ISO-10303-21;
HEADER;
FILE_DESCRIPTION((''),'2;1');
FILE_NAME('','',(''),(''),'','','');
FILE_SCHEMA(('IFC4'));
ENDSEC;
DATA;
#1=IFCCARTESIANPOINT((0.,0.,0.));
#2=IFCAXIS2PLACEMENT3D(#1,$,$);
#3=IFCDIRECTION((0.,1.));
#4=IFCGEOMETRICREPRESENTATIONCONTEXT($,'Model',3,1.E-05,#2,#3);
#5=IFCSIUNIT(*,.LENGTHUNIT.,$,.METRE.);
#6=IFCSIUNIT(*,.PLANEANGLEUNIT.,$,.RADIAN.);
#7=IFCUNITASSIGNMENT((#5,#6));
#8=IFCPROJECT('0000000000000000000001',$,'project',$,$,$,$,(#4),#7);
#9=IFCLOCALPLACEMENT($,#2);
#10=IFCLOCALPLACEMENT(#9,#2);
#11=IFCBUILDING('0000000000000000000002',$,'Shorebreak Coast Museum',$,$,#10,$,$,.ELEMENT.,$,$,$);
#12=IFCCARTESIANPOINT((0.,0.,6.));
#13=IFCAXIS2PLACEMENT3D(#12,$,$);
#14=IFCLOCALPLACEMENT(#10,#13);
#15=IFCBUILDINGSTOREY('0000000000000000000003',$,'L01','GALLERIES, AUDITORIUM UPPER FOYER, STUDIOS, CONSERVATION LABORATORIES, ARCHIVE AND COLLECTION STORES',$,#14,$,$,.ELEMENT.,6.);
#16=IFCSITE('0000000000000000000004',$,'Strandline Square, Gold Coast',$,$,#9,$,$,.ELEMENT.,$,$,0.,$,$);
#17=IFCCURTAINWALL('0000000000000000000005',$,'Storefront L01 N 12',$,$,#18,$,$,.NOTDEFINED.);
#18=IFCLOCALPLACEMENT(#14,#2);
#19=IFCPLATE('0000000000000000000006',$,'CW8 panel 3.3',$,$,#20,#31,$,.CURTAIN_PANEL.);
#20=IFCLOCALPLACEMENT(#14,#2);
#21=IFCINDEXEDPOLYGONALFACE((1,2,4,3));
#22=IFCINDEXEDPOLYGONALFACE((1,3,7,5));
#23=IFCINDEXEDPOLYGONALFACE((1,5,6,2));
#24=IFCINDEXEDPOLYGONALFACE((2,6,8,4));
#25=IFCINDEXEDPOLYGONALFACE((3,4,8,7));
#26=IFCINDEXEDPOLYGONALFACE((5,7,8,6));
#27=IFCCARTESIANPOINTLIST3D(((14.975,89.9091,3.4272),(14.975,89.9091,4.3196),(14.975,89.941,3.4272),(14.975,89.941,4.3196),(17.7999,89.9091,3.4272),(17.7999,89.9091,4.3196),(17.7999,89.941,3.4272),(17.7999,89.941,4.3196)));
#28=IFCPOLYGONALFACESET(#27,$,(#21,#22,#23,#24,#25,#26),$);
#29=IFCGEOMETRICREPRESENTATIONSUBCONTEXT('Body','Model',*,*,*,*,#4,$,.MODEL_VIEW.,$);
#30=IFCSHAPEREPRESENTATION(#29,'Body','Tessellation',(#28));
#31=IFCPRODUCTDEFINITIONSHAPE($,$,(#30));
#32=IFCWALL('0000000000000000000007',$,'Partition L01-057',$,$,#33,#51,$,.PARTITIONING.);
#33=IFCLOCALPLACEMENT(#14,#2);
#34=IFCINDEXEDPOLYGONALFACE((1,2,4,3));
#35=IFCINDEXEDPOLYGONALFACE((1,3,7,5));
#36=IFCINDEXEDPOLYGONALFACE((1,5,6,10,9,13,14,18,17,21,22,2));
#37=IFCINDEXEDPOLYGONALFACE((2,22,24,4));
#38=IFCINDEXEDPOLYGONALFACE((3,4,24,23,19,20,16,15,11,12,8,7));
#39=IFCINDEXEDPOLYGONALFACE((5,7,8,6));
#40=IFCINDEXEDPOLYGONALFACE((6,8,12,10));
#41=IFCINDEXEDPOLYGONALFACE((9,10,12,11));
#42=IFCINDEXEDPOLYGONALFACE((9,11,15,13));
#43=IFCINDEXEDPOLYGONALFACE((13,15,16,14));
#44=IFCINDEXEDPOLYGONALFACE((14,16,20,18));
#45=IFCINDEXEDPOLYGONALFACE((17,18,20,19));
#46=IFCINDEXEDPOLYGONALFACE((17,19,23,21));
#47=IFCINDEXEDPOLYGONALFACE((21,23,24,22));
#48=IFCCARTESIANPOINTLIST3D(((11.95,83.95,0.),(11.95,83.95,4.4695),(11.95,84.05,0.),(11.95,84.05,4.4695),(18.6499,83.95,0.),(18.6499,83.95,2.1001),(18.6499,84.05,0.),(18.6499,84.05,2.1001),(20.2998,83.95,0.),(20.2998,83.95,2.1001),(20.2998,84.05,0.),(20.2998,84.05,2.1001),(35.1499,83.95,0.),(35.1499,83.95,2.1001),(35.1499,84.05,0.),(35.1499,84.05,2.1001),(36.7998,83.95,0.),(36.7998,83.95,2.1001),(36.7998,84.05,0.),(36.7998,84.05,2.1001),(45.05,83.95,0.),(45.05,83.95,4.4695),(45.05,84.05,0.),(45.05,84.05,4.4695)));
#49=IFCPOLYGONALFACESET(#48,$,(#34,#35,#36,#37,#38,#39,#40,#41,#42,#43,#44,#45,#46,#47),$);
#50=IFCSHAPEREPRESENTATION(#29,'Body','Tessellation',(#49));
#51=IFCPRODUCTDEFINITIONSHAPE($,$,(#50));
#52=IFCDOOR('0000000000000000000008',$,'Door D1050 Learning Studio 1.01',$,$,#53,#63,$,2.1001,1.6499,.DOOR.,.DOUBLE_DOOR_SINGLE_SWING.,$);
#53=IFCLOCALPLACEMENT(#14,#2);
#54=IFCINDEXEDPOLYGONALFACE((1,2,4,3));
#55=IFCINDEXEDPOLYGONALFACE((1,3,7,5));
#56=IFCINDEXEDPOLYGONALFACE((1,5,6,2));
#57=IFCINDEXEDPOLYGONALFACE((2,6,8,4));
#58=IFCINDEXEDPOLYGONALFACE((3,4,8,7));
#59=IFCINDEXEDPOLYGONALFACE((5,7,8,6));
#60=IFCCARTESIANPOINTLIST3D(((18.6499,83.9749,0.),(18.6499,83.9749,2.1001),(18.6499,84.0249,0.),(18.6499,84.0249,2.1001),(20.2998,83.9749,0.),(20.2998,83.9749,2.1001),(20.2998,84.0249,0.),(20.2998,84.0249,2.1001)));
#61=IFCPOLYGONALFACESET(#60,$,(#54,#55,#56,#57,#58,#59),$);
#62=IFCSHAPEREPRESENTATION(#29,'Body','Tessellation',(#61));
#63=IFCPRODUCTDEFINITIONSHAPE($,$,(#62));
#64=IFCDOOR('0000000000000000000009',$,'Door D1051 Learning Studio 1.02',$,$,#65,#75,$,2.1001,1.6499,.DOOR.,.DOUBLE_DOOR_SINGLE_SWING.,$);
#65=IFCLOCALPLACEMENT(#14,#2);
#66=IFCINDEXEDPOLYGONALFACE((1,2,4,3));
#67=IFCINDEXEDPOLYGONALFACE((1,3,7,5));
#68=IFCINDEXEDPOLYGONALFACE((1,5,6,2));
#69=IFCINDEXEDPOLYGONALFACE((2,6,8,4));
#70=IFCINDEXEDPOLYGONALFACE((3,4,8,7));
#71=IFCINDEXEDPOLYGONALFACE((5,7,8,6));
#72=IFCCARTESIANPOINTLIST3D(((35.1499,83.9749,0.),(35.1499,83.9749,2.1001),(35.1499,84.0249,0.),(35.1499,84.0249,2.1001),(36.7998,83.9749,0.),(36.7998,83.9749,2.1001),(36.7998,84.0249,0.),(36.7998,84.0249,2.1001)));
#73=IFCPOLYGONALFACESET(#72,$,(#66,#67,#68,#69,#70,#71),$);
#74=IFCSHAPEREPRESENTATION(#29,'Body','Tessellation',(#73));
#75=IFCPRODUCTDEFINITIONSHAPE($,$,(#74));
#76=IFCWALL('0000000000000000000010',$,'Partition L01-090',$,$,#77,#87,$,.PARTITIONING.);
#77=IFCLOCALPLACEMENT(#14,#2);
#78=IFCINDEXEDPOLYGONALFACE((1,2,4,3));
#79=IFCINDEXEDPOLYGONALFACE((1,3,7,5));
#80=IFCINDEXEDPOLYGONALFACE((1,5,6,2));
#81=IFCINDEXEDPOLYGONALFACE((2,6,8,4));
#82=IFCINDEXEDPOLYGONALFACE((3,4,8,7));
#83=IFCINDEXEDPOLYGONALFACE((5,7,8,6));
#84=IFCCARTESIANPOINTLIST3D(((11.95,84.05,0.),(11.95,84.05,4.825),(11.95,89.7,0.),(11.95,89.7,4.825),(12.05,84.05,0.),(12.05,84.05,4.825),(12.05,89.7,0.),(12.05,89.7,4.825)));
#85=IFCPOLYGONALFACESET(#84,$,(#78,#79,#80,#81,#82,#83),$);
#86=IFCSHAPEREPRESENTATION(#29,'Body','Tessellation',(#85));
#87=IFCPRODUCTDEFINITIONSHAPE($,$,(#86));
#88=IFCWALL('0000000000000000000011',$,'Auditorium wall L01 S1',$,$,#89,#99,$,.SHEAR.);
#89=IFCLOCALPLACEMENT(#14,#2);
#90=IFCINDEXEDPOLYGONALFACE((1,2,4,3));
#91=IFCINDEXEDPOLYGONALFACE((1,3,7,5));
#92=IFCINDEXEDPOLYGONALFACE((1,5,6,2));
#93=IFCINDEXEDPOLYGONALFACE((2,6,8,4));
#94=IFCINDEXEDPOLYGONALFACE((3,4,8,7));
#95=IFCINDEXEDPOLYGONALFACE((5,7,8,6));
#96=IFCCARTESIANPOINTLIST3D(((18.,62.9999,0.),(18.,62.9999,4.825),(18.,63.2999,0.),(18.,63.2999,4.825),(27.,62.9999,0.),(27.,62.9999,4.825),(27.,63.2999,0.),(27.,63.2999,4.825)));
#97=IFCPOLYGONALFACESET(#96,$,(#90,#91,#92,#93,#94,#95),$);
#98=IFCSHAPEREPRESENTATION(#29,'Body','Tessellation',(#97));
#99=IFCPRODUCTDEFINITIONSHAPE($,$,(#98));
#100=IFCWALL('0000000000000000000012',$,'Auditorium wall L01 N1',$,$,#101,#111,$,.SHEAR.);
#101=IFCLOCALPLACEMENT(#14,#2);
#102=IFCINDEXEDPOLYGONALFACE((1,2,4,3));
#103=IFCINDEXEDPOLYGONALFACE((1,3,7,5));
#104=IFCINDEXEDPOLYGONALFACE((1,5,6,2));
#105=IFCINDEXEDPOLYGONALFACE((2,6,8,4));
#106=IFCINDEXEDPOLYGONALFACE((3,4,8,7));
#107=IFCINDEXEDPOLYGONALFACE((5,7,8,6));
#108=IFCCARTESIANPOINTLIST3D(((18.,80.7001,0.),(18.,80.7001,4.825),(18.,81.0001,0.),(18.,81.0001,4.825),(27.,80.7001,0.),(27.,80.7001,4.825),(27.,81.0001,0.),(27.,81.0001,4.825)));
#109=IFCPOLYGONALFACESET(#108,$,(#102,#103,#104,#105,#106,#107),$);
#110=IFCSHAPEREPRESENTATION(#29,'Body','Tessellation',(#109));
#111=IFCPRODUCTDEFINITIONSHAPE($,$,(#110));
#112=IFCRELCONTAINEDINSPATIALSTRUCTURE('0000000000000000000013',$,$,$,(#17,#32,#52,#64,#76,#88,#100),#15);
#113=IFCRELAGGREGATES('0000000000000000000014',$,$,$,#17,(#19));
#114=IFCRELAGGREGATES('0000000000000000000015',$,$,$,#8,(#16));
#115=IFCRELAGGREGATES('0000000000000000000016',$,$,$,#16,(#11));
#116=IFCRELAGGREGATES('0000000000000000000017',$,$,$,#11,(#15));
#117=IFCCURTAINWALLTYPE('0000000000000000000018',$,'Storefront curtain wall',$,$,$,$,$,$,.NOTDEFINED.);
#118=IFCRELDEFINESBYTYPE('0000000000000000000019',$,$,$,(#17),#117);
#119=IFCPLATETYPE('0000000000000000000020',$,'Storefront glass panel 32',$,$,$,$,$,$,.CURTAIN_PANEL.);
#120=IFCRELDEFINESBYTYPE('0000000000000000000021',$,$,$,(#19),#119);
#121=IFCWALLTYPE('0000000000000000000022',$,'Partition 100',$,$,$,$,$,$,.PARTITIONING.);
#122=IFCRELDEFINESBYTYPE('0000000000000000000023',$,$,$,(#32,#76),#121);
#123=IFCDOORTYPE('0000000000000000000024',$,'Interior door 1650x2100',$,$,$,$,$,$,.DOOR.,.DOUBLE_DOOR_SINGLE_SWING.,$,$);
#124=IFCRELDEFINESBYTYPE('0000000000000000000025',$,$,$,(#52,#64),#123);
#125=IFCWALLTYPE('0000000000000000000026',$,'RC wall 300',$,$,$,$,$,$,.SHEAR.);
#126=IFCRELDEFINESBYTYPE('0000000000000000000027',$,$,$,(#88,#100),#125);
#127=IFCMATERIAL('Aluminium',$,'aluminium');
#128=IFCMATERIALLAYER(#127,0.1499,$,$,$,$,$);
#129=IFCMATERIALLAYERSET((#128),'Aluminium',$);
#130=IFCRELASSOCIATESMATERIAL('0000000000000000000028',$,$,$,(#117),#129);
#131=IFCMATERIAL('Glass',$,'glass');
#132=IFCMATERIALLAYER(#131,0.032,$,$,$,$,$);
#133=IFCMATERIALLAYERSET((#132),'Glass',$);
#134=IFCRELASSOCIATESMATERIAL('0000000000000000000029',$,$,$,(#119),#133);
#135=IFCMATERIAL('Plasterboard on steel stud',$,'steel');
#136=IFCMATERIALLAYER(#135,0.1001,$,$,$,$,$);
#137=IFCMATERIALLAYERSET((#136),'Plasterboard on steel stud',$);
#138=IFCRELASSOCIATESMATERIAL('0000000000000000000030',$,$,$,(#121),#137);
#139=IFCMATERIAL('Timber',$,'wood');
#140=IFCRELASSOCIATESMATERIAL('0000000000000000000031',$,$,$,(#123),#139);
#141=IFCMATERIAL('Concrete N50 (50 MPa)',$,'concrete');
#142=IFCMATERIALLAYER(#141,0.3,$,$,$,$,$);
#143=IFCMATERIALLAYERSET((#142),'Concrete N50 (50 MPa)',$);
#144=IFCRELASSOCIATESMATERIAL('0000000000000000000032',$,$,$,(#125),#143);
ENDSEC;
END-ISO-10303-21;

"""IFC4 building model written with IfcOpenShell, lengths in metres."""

from ifc_helpers import new_model, si_unit, direction, frame, frame_2d, origin, origin_2d, place, context, subcontext, project, spatial, rectangle, extrude, material, layer, layer_set, type_object, element, fill, aggregate, save


model = new_model("IFC4")

# Units and contexts
model_context = context("Model", 3, precision=1e-05, world=origin(), true_north=direction((0.0, 1.0)))
body_context = subcontext(model_context, "Body", "Model", "MODEL_VIEW")
ifc_project = project(units=[si_unit("LENGTHUNIT", "METRE"), si_unit("PLANEANGLEUNIT", "RADIAN")], contexts=[model_context])

# Site, building, storey
site_placement = place(None, origin())
site = spatial("IfcSite", under=ifc_project, at=site_placement, Name="Strandline Square, Gold Coast", CompositionType="ELEMENT", RefElevation=0.0)
building_placement = place(site_placement, origin())
building = spatial("IfcBuilding", under=site, at=building_placement, Name="Shorebreak Coast Museum", CompositionType="ELEMENT")
storey_placement = place(building_placement, frame((0.0, 0.0, 6.0)))
storey = spatial("IfcBuildingStorey", under=building, at=storey_placement, Name="L01", Description="GALLERIES, AUDITORIUM UPPER FOYER, STUDIOS, CONSERVATION LABORATORIES, ARCHIVE AND COLLECTION STORES", CompositionType="ELEMENT", Elevation=6.0)

# Curtain wall, plate
ifc_material_1 = material(Name="Aluminium", Category="aluminium")
ifc_layer_1 = layer(ifc_material_1, 0.1499)
ifc_layer_set_1 = layer_set([ifc_layer_1], Name="Aluminium")
curtain_wall_type = type_object("IfcCurtainWallType", Name="Storefront curtain wall", PredefinedType="NOTDEFINED", material=ifc_layer_set_1)
curtain_wall_placement = place(storey_placement, origin())
curtain_wall = element("IfcCurtainWall", 1, at=curtain_wall_placement, inside=storey, type_object=curtain_wall_type, Name="Storefront L01 N 12", PredefinedType="NOTDEFINED")
ifc_material_2 = material(Name="Glass", Category="glass")
ifc_layer_2 = layer(ifc_material_2, 0.032)
ifc_layer_set_2 = layer_set([ifc_layer_2], Name="Glass")
plate_type = type_object("IfcPlateType", Name="Storefront glass panel 32", PredefinedType="CURTAIN_PANEL", material=ifc_layer_set_2)
plate_1_placement = place(storey_placement, frame((16.3875, 89.925, 3.4272), z_axis=(0.0, 0.0, 1.0), x_axis=(1.0, 0.0, 0.0)))
plate_1 = element("IfcPlate", 2, at=plate_1_placement, type_object=plate_type, Name="CW8 panel 3.3", PredefinedType="CURTAIN_PANEL", context=body_context, shape_type="SweptSolid", body=[
    extrude(rectangle(XDim=2.825, YDim=0.032, at=origin_2d()), origin(), (0.0, 0.0, 1.0), 0.8923),
])
aggregate(curtain_wall, [plate_1])

# Wall, openings, doors
ifc_material_3 = material(Name="Plasterboard on steel stud", Category="steel")
ifc_layer_3 = layer(ifc_material_3, 0.1001)
ifc_layer_set_3 = layer_set([ifc_layer_3], Name="Plasterboard on steel stud")
wall_type_1 = type_object("IfcWallType", Name="Partition 100", PredefinedType="PARTITIONING", material=ifc_layer_set_3)
wall_1_placement = place(storey_placement, frame((11.95, 84.0, 0.0), z_axis=(0.0, 0.0, 1.0), x_axis=(1.0, 0.0, 0.0)))
wall_1 = element("IfcWall", 3, at=wall_1_placement, inside=storey, type_object=wall_type_1, Name="Partition L01-057", PredefinedType="PARTITIONING", context=body_context, shape_type="SweptSolid", body=[
    extrude(rectangle(XDim=33.1001, YDim=0.1001, at=frame_2d((16.55, 0.0))), origin(), (0.0, 0.0, 1.0), 4.4695),
])
opening_1_placement = place(wall_1_placement, frame((6.7, 0.0, 0.0)))
opening_1 = element("IfcOpeningElement", 4, at=opening_1_placement, cuts=wall_1, PredefinedType="OPENING", context=body_context, shape_type="SweptSolid", body=[
    extrude(rectangle(XDim=1.6499, YDim=2.1001, at=frame_2d((0.825, 1.05))), frame((0.0, 0.0601, 0.0), z_axis=(0.0, -1.0, 0.0), x_axis=(1.0, 0.0, 0.0)), (0.0, 0.0, 1.0), 0.1201),
])
opening_2_placement = place(wall_1_placement, frame((23.2, 0.0, 0.0)))
opening_2 = element("IfcOpeningElement", 5, at=opening_2_placement, cuts=wall_1, PredefinedType="OPENING", context=body_context, shape_type="SweptSolid", body=[
    extrude(rectangle(XDim=1.6499, YDim=2.1001, at=frame_2d((0.825, 1.05))), frame((0.0, 0.0601, 0.0), z_axis=(0.0, -1.0, 0.0), x_axis=(1.0, 0.0, 0.0)), (0.0, 0.0, 1.0), 0.1201),
])
ifc_material_4 = material(Name="Timber", Category="wood")
door_type = type_object("IfcDoorType", Name="Interior door 1650x2100", OperationType="DOUBLE_DOOR_SINGLE_SWING", PredefinedType="DOOR", material=ifc_material_4)
door_1_placement = place(opening_1_placement, origin())
door_1 = element("IfcDoor", 6, at=door_1_placement, inside=storey, type_object=door_type, Name="Door D1050 Learning Studio 1.01", OperationType="DOUBLE_DOOR_SINGLE_SWING", OverallHeight=2.1001, OverallWidth=1.6499, PredefinedType="DOOR", context=body_context, shape_type="SweptSolid", body=[
    extrude(rectangle(XDim=1.6499, YDim=2.1001, at=frame_2d((0.825, 1.05))), frame((0.0, 0.0249, 0.0), z_axis=(0.0, -1.0, 0.0), x_axis=(1.0, 0.0, 0.0)), (0.0, 0.0, 1.0), 0.05),
])
fill(opening_1, door_1)
door_2_placement = place(opening_2_placement, origin())
door_2 = element("IfcDoor", 7, at=door_2_placement, inside=storey, type_object=door_type, Name="Door D1051 Learning Studio 1.02", OperationType="DOUBLE_DOOR_SINGLE_SWING", OverallHeight=2.1001, OverallWidth=1.6499, PredefinedType="DOOR", context=body_context, shape_type="SweptSolid", body=[
    extrude(rectangle(XDim=1.6499, YDim=2.1001, at=frame_2d((0.825, 1.05))), frame((0.0, 0.0249, 0.0), z_axis=(0.0, -1.0, 0.0), x_axis=(1.0, 0.0, 0.0)), (0.0, 0.0, 1.0), 0.05),
])
fill(opening_2, door_2)

# Walls
wall_2_placement = place(storey_placement, frame((12.0, 84.05, 0.0), z_axis=(0.0, 0.0, 1.0), x_axis=(0.0, 1.0, 0.0)))
element("IfcWall", 8, at=wall_2_placement, inside=storey, type_object=wall_type_1, Name="Partition L01-090", PredefinedType="PARTITIONING", context=body_context, shape_type="SweptSolid", body=[
    extrude(rectangle(XDim=5.6499, YDim=0.1001, at=frame_2d((2.825, 0.0))), origin(), (0.0, 0.0, 1.0), 4.825),
])
ifc_material_5 = material(Name="Concrete N50 (50 MPa)", Category="concrete")
ifc_layer_4 = layer(ifc_material_5, 0.3)
ifc_layer_set_4 = layer_set([ifc_layer_4], Name="Concrete N50 (50 MPa)")
wall_type_2 = type_object("IfcWallType", Name="RC wall 300", PredefinedType="SHEAR", material=ifc_layer_set_4)
for number, where, z_axis, x_axis, name in (
    (9, (18.0, 63.1499, 0.0), (0.0, 0.0, 1.0), (1.0, 0.0, 0.0), "Auditorium wall L01 S1"),
    (10, (18.0, 80.8501, 0.0), (0.0, 0.0, 1.0), (1.0, 0.0, 0.0), "Auditorium wall L01 N1"),
):
    element("IfcWall", number, at=place(storey_placement, frame(where, z_axis=z_axis, x_axis=x_axis)), inside=storey, type_object=wall_type_2, Name=name, PredefinedType="SHEAR", context=body_context, shape_type="SweptSolid", body=[
        extrude(rectangle(XDim=9.0, YDim=0.3, at=frame_2d((4.5, 0.0))), origin(), (0.0, 0.0, 1.0), 4.825),
    ])

save(model, "model.ifc")
